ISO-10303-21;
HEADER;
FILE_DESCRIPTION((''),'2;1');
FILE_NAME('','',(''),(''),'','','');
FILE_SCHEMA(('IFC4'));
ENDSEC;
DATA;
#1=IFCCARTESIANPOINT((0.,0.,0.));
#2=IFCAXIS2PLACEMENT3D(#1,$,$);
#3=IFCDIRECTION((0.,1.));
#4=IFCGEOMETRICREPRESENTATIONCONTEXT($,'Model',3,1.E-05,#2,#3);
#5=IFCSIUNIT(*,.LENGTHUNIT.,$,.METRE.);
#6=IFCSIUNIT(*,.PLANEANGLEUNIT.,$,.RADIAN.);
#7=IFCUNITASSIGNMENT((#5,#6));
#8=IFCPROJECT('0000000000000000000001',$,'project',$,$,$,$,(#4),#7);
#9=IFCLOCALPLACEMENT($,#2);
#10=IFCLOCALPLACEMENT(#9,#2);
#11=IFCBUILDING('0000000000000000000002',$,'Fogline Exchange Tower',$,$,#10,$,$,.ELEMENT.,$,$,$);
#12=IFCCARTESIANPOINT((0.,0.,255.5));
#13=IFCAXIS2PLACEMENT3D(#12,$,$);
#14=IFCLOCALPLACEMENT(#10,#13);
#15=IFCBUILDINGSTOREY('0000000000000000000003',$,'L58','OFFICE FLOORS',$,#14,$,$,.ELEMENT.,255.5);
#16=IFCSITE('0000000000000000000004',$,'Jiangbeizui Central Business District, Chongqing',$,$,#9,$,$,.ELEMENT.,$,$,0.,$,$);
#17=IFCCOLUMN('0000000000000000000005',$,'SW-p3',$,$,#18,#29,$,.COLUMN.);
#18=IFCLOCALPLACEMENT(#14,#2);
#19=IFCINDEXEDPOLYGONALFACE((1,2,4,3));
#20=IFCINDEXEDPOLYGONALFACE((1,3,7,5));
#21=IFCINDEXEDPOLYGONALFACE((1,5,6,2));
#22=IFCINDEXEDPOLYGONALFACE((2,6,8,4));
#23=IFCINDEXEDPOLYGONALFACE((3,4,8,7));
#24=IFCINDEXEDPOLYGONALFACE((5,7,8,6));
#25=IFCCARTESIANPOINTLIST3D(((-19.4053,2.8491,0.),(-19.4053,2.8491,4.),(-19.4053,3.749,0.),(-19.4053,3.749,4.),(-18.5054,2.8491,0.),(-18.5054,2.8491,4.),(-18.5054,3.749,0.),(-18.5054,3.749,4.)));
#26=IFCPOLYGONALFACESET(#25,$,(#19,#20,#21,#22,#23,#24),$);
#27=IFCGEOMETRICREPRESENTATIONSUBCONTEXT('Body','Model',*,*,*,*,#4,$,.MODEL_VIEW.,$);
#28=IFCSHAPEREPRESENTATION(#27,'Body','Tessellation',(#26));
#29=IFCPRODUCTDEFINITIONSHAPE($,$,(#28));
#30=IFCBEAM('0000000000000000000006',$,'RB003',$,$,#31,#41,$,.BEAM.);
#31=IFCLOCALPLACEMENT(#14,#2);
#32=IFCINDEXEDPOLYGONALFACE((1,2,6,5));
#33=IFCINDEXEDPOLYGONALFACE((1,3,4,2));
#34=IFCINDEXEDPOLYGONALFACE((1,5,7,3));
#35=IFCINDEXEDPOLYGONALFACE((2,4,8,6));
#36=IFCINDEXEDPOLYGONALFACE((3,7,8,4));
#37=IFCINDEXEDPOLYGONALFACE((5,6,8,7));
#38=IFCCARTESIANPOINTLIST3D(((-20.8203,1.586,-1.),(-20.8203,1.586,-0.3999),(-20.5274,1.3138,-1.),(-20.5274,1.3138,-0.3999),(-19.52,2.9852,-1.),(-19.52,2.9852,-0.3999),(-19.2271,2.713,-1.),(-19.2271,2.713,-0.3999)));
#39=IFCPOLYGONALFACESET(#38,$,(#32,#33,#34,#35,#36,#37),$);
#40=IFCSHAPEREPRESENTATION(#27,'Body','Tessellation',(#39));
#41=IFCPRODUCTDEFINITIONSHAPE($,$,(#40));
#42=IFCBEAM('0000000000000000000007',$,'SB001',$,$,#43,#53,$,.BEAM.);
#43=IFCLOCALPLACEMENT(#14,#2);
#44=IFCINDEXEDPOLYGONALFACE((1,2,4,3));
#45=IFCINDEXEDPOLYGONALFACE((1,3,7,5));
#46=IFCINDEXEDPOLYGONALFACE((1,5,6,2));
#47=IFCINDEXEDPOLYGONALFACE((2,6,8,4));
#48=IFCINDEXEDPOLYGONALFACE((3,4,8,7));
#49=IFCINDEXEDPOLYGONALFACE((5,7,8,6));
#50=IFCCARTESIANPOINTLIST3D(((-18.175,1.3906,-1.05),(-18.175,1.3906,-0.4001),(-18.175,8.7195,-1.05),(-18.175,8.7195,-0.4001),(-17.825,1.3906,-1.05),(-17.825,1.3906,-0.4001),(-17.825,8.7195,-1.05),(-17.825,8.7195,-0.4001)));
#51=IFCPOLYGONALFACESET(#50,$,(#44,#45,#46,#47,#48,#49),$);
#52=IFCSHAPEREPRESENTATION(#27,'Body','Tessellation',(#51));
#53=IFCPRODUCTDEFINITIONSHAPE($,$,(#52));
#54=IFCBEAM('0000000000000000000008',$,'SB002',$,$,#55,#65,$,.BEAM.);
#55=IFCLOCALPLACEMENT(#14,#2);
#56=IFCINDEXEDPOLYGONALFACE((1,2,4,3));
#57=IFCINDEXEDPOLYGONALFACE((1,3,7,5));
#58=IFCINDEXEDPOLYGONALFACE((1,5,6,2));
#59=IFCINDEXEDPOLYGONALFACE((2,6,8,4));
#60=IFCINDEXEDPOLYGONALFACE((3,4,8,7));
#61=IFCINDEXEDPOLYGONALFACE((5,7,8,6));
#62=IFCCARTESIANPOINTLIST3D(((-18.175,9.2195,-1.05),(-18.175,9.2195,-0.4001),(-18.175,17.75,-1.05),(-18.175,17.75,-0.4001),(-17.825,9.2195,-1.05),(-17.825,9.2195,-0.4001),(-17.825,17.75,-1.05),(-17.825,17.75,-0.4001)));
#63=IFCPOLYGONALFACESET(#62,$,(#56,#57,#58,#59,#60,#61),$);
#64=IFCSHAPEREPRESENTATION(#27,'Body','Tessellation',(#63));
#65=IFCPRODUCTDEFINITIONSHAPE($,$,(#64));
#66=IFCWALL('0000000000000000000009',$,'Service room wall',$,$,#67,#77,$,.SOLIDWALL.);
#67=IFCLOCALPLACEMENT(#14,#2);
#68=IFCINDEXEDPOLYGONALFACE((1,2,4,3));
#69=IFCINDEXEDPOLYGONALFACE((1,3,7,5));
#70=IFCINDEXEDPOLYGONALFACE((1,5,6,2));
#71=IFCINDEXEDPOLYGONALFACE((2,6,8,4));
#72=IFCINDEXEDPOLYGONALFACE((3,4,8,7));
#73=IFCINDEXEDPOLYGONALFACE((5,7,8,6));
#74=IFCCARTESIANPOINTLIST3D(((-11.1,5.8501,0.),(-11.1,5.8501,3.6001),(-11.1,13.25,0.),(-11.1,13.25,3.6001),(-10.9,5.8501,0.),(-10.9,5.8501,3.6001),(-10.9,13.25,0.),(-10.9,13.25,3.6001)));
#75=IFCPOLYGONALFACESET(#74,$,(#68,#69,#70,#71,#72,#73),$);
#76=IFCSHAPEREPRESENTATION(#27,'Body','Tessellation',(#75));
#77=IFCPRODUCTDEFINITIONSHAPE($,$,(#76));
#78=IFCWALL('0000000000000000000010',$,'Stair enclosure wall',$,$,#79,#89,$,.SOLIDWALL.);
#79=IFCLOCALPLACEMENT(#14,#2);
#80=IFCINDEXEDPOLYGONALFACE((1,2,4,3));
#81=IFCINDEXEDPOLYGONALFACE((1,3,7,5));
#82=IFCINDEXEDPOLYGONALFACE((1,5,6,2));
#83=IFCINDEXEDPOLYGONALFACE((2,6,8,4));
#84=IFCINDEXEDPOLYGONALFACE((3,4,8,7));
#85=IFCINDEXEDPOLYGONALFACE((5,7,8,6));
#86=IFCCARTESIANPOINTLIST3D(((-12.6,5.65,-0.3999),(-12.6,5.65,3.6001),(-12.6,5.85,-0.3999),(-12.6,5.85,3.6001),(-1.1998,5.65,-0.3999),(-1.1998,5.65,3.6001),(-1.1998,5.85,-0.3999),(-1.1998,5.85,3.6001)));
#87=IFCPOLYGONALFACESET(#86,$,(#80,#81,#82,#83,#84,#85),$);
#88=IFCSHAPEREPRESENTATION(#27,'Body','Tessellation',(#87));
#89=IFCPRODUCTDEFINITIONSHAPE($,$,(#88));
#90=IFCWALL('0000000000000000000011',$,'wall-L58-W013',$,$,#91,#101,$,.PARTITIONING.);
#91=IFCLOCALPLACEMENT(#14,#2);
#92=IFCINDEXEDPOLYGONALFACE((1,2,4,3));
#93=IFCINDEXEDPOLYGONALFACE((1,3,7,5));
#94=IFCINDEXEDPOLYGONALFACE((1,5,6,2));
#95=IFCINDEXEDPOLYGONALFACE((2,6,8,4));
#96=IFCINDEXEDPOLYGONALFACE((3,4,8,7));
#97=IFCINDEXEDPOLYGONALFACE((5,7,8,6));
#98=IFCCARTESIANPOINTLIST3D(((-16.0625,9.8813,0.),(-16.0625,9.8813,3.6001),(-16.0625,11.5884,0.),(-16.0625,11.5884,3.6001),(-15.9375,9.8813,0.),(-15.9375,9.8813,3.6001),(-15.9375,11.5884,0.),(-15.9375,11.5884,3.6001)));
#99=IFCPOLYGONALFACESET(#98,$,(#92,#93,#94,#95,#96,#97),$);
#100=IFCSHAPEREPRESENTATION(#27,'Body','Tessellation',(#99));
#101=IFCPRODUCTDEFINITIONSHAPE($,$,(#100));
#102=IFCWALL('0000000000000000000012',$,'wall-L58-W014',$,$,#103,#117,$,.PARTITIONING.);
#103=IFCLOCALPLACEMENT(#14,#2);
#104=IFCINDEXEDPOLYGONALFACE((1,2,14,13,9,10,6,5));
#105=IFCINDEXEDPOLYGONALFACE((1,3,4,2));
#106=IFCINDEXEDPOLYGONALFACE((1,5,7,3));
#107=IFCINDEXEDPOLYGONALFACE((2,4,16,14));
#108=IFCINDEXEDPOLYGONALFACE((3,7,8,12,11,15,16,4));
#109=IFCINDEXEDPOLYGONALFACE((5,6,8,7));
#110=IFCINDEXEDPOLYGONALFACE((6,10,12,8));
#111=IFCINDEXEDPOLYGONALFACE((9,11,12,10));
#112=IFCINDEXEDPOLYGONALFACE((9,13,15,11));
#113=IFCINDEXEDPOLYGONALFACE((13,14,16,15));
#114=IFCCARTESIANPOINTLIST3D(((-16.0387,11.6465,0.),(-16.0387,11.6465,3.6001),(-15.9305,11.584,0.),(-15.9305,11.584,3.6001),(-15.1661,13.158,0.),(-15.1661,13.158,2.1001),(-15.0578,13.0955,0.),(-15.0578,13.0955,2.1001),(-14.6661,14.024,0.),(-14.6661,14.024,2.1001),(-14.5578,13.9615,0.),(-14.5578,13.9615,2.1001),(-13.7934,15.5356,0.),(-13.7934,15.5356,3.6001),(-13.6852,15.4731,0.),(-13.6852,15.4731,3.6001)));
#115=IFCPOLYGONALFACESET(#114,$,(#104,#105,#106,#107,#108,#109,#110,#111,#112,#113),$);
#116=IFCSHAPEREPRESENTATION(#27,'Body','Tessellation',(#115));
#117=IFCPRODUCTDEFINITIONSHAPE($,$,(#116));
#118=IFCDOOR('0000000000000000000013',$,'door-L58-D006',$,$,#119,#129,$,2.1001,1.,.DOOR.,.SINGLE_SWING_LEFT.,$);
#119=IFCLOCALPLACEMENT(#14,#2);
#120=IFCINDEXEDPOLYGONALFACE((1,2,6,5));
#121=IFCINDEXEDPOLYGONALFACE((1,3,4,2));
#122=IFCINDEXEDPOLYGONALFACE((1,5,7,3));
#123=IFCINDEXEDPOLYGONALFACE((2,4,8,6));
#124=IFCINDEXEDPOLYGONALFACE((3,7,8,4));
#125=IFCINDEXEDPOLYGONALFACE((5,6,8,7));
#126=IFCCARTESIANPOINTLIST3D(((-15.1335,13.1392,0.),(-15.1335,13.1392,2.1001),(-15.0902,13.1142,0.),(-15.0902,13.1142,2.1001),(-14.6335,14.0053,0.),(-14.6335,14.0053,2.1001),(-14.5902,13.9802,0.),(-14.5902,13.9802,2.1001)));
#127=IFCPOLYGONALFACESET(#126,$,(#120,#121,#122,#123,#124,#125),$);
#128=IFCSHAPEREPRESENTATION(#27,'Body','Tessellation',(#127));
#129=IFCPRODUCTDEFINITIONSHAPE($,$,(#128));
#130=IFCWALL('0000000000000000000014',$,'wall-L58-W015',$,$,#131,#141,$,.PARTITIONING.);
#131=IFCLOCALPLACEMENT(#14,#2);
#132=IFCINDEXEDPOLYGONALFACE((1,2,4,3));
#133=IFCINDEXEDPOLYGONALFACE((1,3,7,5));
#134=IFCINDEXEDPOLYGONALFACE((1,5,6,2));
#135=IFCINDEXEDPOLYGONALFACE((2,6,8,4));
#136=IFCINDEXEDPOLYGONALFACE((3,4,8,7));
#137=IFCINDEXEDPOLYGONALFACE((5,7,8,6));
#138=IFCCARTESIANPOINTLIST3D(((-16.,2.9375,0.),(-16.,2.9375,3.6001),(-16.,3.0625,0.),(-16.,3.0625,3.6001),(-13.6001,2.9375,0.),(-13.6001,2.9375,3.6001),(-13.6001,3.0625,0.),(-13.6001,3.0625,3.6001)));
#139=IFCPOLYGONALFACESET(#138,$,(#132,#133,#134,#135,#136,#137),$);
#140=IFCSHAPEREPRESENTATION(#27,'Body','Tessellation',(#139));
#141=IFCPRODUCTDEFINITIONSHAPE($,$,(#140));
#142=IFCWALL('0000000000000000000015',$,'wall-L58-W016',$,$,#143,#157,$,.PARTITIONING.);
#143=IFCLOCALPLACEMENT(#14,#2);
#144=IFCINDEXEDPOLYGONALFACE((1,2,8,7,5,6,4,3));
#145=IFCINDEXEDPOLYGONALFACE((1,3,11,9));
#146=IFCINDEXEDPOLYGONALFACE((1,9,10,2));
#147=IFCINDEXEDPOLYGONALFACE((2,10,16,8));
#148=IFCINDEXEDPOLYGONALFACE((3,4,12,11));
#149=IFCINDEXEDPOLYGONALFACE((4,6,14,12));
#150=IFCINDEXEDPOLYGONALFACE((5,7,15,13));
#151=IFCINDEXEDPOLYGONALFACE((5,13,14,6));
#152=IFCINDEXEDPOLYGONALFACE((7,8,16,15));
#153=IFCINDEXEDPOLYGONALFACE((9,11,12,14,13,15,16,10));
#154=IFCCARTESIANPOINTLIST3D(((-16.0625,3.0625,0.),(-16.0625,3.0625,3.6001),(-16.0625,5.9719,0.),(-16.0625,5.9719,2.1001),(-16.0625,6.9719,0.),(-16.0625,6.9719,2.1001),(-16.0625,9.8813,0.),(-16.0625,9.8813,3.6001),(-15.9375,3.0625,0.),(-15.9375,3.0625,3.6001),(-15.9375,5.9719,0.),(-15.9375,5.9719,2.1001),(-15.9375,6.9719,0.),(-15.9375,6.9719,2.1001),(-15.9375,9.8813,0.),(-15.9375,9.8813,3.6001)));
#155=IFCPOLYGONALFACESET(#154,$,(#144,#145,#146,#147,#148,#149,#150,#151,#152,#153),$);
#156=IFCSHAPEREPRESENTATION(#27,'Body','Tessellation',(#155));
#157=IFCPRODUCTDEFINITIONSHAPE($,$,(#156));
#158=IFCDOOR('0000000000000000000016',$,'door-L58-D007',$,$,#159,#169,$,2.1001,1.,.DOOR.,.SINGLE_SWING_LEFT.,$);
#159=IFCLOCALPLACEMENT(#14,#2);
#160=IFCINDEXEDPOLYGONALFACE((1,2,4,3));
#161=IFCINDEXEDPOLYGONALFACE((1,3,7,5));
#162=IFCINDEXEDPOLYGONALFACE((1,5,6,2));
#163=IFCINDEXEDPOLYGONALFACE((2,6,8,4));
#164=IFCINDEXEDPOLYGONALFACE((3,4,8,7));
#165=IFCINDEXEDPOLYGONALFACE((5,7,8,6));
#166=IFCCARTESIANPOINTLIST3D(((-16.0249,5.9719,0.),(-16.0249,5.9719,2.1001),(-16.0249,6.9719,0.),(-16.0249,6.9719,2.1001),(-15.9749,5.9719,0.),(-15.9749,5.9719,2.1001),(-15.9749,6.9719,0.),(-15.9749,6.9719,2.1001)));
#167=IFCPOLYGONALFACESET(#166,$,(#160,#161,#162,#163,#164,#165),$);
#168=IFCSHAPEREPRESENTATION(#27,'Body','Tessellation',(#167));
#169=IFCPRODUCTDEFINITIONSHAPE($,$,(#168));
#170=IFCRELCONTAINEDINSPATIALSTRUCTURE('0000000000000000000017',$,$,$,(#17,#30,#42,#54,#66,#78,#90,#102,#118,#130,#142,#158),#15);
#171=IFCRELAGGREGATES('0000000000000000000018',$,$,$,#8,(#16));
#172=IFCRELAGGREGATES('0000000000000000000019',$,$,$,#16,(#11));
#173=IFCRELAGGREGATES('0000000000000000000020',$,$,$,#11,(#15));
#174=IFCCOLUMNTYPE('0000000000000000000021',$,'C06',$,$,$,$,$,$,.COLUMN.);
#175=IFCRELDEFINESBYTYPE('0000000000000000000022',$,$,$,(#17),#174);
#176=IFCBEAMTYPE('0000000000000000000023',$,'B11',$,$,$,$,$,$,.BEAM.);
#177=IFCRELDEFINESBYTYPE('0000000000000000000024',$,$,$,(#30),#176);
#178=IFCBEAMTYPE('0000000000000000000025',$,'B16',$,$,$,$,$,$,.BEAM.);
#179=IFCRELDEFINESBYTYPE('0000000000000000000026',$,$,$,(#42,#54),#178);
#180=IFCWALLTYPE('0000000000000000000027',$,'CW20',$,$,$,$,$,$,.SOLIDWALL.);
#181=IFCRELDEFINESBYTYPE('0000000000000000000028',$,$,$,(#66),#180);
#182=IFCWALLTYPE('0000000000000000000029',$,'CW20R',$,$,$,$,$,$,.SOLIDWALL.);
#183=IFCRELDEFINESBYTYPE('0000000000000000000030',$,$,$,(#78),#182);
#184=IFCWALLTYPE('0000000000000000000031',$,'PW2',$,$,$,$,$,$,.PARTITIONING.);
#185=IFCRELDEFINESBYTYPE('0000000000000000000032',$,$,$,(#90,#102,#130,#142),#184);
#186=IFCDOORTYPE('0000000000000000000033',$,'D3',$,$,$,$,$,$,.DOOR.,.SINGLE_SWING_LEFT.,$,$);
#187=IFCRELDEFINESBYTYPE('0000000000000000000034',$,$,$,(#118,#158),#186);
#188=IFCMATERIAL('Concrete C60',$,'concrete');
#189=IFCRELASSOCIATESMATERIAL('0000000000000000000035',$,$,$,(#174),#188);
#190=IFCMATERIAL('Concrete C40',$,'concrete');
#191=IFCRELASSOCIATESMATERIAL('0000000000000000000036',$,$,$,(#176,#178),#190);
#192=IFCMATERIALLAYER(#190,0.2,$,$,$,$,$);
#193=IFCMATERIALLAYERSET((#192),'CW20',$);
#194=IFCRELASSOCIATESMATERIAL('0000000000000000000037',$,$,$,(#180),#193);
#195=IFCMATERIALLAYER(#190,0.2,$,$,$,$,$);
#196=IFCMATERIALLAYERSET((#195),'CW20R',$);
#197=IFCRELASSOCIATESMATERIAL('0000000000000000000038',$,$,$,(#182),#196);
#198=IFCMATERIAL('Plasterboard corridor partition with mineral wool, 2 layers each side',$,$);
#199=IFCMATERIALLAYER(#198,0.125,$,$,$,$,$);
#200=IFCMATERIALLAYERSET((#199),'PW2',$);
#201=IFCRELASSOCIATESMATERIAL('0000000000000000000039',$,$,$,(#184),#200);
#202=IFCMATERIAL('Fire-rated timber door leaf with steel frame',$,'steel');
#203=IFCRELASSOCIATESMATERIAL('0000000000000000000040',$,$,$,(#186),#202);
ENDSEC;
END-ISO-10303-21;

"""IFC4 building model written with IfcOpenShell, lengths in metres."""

from ifc_helpers import new_model, si_unit, direction, frame, frame_2d, origin, origin_2d, place, context, subcontext, project, spatial, rectangle, extrude, material, layer, layer_set, material_profile, profile_set, type_object, element, fill, save


model = new_model("IFC4")

# Units and contexts
model_context = context("Model", 3, precision=1e-05, world=origin(), true_north=direction((0.0, 1.0)))
body_context = subcontext(model_context, "Body", "Model", "MODEL_VIEW")
ifc_project = project(units=[si_unit("LENGTHUNIT", "METRE"), si_unit("PLANEANGLEUNIT", "RADIAN")], contexts=[model_context])

# Site, building, storey
site_placement = place(None, origin())
site = spatial("IfcSite", under=ifc_project, at=site_placement, Name="Jiangbeizui Central Business District, Chongqing", CompositionType="ELEMENT", RefElevation=0.0)
building_placement = place(site_placement, origin())
building = spatial("IfcBuilding", under=site, at=building_placement, Name="Fogline Exchange Tower", CompositionType="ELEMENT")
storey_placement = place(building_placement, frame((0.0, 0.0, 255.5)))
storey = spatial("IfcBuildingStorey", under=building, at=storey_placement, Name="L58", Description="OFFICE FLOORS", CompositionType="ELEMENT", Elevation=255.5)

# Column
ifc_material_1 = material(Name="Concrete C60", Category="concrete")
ifc_material_profile_1 = material_profile(ifc_material_1, rectangle(XDim=0.8999, YDim=0.8999, at=origin_2d()), Name="RC 900x900")
ifc_profile_set_1 = profile_set([ifc_material_profile_1], Name="Concrete C60")
column_type = type_object("IfcColumnType", Name="C06", PredefinedType="COLUMN", material=ifc_profile_set_1)
column_placement = place(storey_placement, frame((-18.9553, 3.2991, 0.0), z_axis=(0.0, 0.0, 1.0), x_axis=(1.0, 0.0, 0.0)))
element("IfcColumn", 1, at=column_placement, inside=storey, type_object=column_type, Name="SW-p3", PredefinedType="COLUMN", context=body_context, shape_type="SweptSolid", body=[
    extrude(rectangle(XDim=0.8999, YDim=0.8999, at=origin_2d()), origin(), (0.0, 0.0, 1.0), 4.0),
])

# Beams
ifc_material_2 = material(Name="Concrete C40", Category="concrete")
ifc_material_profile_2 = material_profile(ifc_material_2, rectangle(XDim=0.3999, YDim=0.6001, at=origin_2d()), Name="RC 400x600")
ifc_profile_set_2 = profile_set([ifc_material_profile_2], Name="Concrete C40")
beam_type_1 = type_object("IfcBeamType", Name="B11", PredefinedType="BEAM", material=ifc_profile_set_2)
beam_1_placement = place(storey_placement, frame((-19.3735, 2.8491, -0.7), z_axis=(-0.68075, -0.732516, 0.0), x_axis=(0.732516, -0.68075, 0.0)))
element("IfcBeam", 2, at=beam_1_placement, inside=storey, type_object=beam_type_1, Name="RB003", PredefinedType="BEAM", context=body_context, shape_type="SweptSolid", body=[
    extrude(rectangle(XDim=0.3999, YDim=0.6001, at=origin_2d()), origin(), (0.0, 0.0, 1.0), 1.9102),
])
ifc_material_profile_3 = material_profile(ifc_material_2, rectangle(XDim=0.3501, YDim=0.6499, at=origin_2d()), Name="RC 350x650")
ifc_profile_set_3 = profile_set([ifc_material_profile_3], Name="Concrete C40")
beam_type_2 = type_object("IfcBeamType", Name="B16", PredefinedType="BEAM", material=ifc_profile_set_3)
beam_2_placement = place(storey_placement, frame((-18.0, 1.3906, -0.7251), z_axis=(0.0, 1.0, 0.0), x_axis=(-1.0, 0.0, 0.0)))
element("IfcBeam", 3, at=beam_2_placement, inside=storey, type_object=beam_type_2, Name="SB001", PredefinedType="BEAM", context=body_context, shape_type="SweptSolid", body=[
    extrude(rectangle(XDim=0.3501, YDim=0.6499, at=origin_2d()), origin(), (0.0, 0.0, 1.0), 7.3289),
])
beam_3_placement = place(storey_placement, frame((-18.0, 9.2195, -0.7251), z_axis=(0.0, 1.0, 0.0), x_axis=(-1.0, 0.0, 0.0)))
element("IfcBeam", 4, at=beam_3_placement, inside=storey, type_object=beam_type_2, Name="SB002", PredefinedType="BEAM", context=body_context, shape_type="SweptSolid", body=[
    extrude(rectangle(XDim=0.3501, YDim=0.6499, at=origin_2d()), origin(), (0.0, 0.0, 1.0), 8.5305),
])

# Walls
ifc_layer_1 = layer(ifc_material_2, 0.2)
ifc_layer_set_1 = layer_set([ifc_layer_1], Name="CW20")
wall_type_1 = type_object("IfcWallType", Name="CW20", PredefinedType="SOLIDWALL", material=ifc_layer_set_1)
wall_1_placement = place(storey_placement, frame((-11.0, 5.8501, 0.0), z_axis=(0.0, 0.0, 1.0), x_axis=(0.0, 1.0, 0.0)))
element("IfcWall", 5, at=wall_1_placement, inside=storey, type_object=wall_type_1, Name="Service room wall", PredefinedType="SOLIDWALL", context=body_context, shape_type="SweptSolid", body=[
    extrude(rectangle(XDim=7.3999, YDim=0.2, at=frame_2d((3.7, 0.0))), origin(), (0.0, 0.0, 1.0), 3.6001),
])
ifc_layer_2 = layer(ifc_material_2, 0.2)
ifc_layer_set_2 = layer_set([ifc_layer_2], Name="CW20R")
wall_type_2 = type_object("IfcWallType", Name="CW20R", PredefinedType="SOLIDWALL", material=ifc_layer_set_2)
wall_2_placement = place(storey_placement, frame((-12.6001, 5.75, -0.3999), z_axis=(0.0, 0.0, 1.0), x_axis=(1.0, 0.0, 0.0)))
element("IfcWall", 6, at=wall_2_placement, inside=storey, type_object=wall_type_2, Name="Stair enclosure wall", PredefinedType="SOLIDWALL", context=body_context, shape_type="SweptSolid", body=[
    extrude(rectangle(XDim=11.4001, YDim=0.2, at=frame_2d((5.7002, 0.0))), origin(), (0.0, 0.0, 1.0), 4.0),
])
ifc_material_3 = material(Name="Plasterboard corridor partition with mineral wool, 2 layers each side")
ifc_layer_3 = layer(ifc_material_3, 0.125)
ifc_layer_set_3 = layer_set([ifc_layer_3], Name="PW2")
wall_type_3 = type_object("IfcWallType", Name="PW2", PredefinedType="PARTITIONING", material=ifc_layer_set_3)
wall_3_placement = place(storey_placement, frame((-16.0, 9.8813, 0.0), z_axis=(0.0, 0.0, 1.0), x_axis=(0.0, 1.0, 0.0)))
element("IfcWall", 7, at=wall_3_placement, inside=storey, type_object=wall_type_3, Name="wall-L58-W013", PredefinedType="PARTITIONING", context=body_context, shape_type="SweptSolid", body=[
    extrude(rectangle(XDim=1.707, YDim=0.125, at=frame_2d((0.8535, 0.0))), origin(), (0.0, 0.0, 1.0), 3.6001),
])

# Wall, opening, door
wall_4_placement = place(storey_placement, frame((-15.9846, 11.6152, 0.0), z_axis=(0.0, 0.0, 1.0), x_axis=(0.499992, 0.86603, 0.0)))
wall_4 = element("IfcWall", 8, at=wall_4_placement, inside=storey, type_object=wall_type_3, Name="wall-L58-W014", PredefinedType="PARTITIONING", context=body_context, shape_type="SweptSolid", body=[
    extrude(rectangle(XDim=4.4907, YDim=0.125, at=frame_2d((2.2454, 0.0))), origin(), (0.0, 0.0, 1.0), 3.6001),
])
opening_1_placement = place(wall_4_placement, frame((1.7454, 0.0, 0.0)))
opening_1 = element("IfcOpeningElement", 9, at=opening_1_placement, cuts=wall_4, PredefinedType="OPENING", context=body_context, shape_type="SweptSolid", body=[
    extrude(rectangle(XDim=1.0, YDim=2.1001, at=frame_2d((0.5, 1.05))), frame((0.0, 0.0725, 0.0), z_axis=(0.0, -1.0, 0.0), x_axis=(1.0, 0.0, 0.0)), (0.0, 0.0, 1.0), 0.145),
])
ifc_material_4 = material(Name="Fire-rated timber door leaf with steel frame", Category="steel")
door_type_1 = type_object("IfcDoorType", Name="D3", OperationType="SINGLE_SWING_LEFT", PredefinedType="DOOR", material=ifc_material_4)
door_1_placement = place(opening_1_placement, origin())
door_1 = element("IfcDoor", 10, at=door_1_placement, inside=storey, type_object=door_type_1, Name="door-L58-D006", OperationType="SINGLE_SWING_LEFT", OverallHeight=2.1001, OverallWidth=1.0, PredefinedType="DOOR", context=body_context, shape_type="SweptSolid", body=[
    extrude(rectangle(XDim=1.0, YDim=2.1001, at=frame_2d((0.5, 1.05))), frame((0.0, 0.0249, 0.0), z_axis=(0.0, -1.0, 0.0), x_axis=(1.0, 0.0, 0.0)), (0.0, 0.0, 1.0), 0.05),
])
fill(opening_1, door_1)

# Wall
wall_5_placement = place(storey_placement, frame((-13.6001, 3.0, 0.0), z_axis=(0.0, 0.0, 1.0), x_axis=(-1.0, 0.0, 0.0)))
element("IfcWall", 11, at=wall_5_placement, inside=storey, type_object=wall_type_3, Name="wall-L58-W015", PredefinedType="PARTITIONING", context=body_context, shape_type="SweptSolid", body=[
    extrude(rectangle(XDim=2.3999, YDim=0.125, at=frame_2d((1.2, 0.0))), origin(), (0.0, 0.0, 1.0), 3.6001),
])

# Wall, opening, door
wall_6_placement = place(storey_placement, frame((-16.0, 3.0625, 0.0), z_axis=(0.0, 0.0, 1.0), x_axis=(0.0, 1.0, 0.0)))
wall_6 = element("IfcWall", 12, at=wall_6_placement, inside=storey, type_object=wall_type_3, Name="wall-L58-W016", PredefinedType="PARTITIONING", context=body_context, shape_type="SweptSolid", body=[
    extrude(rectangle(XDim=6.8188, YDim=0.125, at=frame_2d((3.4094, 0.0))), origin(), (0.0, 0.0, 1.0), 3.6001),
])
opening_2_placement = place(wall_6_placement, frame((2.9094, 0.0, 0.0)))
opening_2 = element("IfcOpeningElement", 13, at=opening_2_placement, cuts=wall_6, PredefinedType="OPENING", context=body_context, shape_type="SweptSolid", body=[
    extrude(rectangle(XDim=1.0, YDim=2.1001, at=frame_2d((0.5, 1.05))), frame((0.0, 0.0725, 0.0), z_axis=(0.0, -1.0, 0.0), x_axis=(1.0, 0.0, 0.0)), (0.0, 0.0, 1.0), 0.145),
])
door_2_placement = place(opening_2_placement, origin())
door_2 = element("IfcDoor", 14, at=door_2_placement, inside=storey, type_object=door_type_1, Name="door-L58-D007", OperationType="SINGLE_SWING_LEFT", OverallHeight=2.1001, OverallWidth=1.0, PredefinedType="DOOR", context=body_context, shape_type="SweptSolid", body=[
    extrude(rectangle(XDim=1.0, YDim=2.1001, at=frame_2d((0.5, 1.05))), frame((0.0, 0.0249, 0.0), z_axis=(0.0, -1.0, 0.0), x_axis=(1.0, 0.0, 0.0)), (0.0, 0.0, 1.0), 0.05),
])
fill(opening_2, door_2)

save(model, "model.ifc")
